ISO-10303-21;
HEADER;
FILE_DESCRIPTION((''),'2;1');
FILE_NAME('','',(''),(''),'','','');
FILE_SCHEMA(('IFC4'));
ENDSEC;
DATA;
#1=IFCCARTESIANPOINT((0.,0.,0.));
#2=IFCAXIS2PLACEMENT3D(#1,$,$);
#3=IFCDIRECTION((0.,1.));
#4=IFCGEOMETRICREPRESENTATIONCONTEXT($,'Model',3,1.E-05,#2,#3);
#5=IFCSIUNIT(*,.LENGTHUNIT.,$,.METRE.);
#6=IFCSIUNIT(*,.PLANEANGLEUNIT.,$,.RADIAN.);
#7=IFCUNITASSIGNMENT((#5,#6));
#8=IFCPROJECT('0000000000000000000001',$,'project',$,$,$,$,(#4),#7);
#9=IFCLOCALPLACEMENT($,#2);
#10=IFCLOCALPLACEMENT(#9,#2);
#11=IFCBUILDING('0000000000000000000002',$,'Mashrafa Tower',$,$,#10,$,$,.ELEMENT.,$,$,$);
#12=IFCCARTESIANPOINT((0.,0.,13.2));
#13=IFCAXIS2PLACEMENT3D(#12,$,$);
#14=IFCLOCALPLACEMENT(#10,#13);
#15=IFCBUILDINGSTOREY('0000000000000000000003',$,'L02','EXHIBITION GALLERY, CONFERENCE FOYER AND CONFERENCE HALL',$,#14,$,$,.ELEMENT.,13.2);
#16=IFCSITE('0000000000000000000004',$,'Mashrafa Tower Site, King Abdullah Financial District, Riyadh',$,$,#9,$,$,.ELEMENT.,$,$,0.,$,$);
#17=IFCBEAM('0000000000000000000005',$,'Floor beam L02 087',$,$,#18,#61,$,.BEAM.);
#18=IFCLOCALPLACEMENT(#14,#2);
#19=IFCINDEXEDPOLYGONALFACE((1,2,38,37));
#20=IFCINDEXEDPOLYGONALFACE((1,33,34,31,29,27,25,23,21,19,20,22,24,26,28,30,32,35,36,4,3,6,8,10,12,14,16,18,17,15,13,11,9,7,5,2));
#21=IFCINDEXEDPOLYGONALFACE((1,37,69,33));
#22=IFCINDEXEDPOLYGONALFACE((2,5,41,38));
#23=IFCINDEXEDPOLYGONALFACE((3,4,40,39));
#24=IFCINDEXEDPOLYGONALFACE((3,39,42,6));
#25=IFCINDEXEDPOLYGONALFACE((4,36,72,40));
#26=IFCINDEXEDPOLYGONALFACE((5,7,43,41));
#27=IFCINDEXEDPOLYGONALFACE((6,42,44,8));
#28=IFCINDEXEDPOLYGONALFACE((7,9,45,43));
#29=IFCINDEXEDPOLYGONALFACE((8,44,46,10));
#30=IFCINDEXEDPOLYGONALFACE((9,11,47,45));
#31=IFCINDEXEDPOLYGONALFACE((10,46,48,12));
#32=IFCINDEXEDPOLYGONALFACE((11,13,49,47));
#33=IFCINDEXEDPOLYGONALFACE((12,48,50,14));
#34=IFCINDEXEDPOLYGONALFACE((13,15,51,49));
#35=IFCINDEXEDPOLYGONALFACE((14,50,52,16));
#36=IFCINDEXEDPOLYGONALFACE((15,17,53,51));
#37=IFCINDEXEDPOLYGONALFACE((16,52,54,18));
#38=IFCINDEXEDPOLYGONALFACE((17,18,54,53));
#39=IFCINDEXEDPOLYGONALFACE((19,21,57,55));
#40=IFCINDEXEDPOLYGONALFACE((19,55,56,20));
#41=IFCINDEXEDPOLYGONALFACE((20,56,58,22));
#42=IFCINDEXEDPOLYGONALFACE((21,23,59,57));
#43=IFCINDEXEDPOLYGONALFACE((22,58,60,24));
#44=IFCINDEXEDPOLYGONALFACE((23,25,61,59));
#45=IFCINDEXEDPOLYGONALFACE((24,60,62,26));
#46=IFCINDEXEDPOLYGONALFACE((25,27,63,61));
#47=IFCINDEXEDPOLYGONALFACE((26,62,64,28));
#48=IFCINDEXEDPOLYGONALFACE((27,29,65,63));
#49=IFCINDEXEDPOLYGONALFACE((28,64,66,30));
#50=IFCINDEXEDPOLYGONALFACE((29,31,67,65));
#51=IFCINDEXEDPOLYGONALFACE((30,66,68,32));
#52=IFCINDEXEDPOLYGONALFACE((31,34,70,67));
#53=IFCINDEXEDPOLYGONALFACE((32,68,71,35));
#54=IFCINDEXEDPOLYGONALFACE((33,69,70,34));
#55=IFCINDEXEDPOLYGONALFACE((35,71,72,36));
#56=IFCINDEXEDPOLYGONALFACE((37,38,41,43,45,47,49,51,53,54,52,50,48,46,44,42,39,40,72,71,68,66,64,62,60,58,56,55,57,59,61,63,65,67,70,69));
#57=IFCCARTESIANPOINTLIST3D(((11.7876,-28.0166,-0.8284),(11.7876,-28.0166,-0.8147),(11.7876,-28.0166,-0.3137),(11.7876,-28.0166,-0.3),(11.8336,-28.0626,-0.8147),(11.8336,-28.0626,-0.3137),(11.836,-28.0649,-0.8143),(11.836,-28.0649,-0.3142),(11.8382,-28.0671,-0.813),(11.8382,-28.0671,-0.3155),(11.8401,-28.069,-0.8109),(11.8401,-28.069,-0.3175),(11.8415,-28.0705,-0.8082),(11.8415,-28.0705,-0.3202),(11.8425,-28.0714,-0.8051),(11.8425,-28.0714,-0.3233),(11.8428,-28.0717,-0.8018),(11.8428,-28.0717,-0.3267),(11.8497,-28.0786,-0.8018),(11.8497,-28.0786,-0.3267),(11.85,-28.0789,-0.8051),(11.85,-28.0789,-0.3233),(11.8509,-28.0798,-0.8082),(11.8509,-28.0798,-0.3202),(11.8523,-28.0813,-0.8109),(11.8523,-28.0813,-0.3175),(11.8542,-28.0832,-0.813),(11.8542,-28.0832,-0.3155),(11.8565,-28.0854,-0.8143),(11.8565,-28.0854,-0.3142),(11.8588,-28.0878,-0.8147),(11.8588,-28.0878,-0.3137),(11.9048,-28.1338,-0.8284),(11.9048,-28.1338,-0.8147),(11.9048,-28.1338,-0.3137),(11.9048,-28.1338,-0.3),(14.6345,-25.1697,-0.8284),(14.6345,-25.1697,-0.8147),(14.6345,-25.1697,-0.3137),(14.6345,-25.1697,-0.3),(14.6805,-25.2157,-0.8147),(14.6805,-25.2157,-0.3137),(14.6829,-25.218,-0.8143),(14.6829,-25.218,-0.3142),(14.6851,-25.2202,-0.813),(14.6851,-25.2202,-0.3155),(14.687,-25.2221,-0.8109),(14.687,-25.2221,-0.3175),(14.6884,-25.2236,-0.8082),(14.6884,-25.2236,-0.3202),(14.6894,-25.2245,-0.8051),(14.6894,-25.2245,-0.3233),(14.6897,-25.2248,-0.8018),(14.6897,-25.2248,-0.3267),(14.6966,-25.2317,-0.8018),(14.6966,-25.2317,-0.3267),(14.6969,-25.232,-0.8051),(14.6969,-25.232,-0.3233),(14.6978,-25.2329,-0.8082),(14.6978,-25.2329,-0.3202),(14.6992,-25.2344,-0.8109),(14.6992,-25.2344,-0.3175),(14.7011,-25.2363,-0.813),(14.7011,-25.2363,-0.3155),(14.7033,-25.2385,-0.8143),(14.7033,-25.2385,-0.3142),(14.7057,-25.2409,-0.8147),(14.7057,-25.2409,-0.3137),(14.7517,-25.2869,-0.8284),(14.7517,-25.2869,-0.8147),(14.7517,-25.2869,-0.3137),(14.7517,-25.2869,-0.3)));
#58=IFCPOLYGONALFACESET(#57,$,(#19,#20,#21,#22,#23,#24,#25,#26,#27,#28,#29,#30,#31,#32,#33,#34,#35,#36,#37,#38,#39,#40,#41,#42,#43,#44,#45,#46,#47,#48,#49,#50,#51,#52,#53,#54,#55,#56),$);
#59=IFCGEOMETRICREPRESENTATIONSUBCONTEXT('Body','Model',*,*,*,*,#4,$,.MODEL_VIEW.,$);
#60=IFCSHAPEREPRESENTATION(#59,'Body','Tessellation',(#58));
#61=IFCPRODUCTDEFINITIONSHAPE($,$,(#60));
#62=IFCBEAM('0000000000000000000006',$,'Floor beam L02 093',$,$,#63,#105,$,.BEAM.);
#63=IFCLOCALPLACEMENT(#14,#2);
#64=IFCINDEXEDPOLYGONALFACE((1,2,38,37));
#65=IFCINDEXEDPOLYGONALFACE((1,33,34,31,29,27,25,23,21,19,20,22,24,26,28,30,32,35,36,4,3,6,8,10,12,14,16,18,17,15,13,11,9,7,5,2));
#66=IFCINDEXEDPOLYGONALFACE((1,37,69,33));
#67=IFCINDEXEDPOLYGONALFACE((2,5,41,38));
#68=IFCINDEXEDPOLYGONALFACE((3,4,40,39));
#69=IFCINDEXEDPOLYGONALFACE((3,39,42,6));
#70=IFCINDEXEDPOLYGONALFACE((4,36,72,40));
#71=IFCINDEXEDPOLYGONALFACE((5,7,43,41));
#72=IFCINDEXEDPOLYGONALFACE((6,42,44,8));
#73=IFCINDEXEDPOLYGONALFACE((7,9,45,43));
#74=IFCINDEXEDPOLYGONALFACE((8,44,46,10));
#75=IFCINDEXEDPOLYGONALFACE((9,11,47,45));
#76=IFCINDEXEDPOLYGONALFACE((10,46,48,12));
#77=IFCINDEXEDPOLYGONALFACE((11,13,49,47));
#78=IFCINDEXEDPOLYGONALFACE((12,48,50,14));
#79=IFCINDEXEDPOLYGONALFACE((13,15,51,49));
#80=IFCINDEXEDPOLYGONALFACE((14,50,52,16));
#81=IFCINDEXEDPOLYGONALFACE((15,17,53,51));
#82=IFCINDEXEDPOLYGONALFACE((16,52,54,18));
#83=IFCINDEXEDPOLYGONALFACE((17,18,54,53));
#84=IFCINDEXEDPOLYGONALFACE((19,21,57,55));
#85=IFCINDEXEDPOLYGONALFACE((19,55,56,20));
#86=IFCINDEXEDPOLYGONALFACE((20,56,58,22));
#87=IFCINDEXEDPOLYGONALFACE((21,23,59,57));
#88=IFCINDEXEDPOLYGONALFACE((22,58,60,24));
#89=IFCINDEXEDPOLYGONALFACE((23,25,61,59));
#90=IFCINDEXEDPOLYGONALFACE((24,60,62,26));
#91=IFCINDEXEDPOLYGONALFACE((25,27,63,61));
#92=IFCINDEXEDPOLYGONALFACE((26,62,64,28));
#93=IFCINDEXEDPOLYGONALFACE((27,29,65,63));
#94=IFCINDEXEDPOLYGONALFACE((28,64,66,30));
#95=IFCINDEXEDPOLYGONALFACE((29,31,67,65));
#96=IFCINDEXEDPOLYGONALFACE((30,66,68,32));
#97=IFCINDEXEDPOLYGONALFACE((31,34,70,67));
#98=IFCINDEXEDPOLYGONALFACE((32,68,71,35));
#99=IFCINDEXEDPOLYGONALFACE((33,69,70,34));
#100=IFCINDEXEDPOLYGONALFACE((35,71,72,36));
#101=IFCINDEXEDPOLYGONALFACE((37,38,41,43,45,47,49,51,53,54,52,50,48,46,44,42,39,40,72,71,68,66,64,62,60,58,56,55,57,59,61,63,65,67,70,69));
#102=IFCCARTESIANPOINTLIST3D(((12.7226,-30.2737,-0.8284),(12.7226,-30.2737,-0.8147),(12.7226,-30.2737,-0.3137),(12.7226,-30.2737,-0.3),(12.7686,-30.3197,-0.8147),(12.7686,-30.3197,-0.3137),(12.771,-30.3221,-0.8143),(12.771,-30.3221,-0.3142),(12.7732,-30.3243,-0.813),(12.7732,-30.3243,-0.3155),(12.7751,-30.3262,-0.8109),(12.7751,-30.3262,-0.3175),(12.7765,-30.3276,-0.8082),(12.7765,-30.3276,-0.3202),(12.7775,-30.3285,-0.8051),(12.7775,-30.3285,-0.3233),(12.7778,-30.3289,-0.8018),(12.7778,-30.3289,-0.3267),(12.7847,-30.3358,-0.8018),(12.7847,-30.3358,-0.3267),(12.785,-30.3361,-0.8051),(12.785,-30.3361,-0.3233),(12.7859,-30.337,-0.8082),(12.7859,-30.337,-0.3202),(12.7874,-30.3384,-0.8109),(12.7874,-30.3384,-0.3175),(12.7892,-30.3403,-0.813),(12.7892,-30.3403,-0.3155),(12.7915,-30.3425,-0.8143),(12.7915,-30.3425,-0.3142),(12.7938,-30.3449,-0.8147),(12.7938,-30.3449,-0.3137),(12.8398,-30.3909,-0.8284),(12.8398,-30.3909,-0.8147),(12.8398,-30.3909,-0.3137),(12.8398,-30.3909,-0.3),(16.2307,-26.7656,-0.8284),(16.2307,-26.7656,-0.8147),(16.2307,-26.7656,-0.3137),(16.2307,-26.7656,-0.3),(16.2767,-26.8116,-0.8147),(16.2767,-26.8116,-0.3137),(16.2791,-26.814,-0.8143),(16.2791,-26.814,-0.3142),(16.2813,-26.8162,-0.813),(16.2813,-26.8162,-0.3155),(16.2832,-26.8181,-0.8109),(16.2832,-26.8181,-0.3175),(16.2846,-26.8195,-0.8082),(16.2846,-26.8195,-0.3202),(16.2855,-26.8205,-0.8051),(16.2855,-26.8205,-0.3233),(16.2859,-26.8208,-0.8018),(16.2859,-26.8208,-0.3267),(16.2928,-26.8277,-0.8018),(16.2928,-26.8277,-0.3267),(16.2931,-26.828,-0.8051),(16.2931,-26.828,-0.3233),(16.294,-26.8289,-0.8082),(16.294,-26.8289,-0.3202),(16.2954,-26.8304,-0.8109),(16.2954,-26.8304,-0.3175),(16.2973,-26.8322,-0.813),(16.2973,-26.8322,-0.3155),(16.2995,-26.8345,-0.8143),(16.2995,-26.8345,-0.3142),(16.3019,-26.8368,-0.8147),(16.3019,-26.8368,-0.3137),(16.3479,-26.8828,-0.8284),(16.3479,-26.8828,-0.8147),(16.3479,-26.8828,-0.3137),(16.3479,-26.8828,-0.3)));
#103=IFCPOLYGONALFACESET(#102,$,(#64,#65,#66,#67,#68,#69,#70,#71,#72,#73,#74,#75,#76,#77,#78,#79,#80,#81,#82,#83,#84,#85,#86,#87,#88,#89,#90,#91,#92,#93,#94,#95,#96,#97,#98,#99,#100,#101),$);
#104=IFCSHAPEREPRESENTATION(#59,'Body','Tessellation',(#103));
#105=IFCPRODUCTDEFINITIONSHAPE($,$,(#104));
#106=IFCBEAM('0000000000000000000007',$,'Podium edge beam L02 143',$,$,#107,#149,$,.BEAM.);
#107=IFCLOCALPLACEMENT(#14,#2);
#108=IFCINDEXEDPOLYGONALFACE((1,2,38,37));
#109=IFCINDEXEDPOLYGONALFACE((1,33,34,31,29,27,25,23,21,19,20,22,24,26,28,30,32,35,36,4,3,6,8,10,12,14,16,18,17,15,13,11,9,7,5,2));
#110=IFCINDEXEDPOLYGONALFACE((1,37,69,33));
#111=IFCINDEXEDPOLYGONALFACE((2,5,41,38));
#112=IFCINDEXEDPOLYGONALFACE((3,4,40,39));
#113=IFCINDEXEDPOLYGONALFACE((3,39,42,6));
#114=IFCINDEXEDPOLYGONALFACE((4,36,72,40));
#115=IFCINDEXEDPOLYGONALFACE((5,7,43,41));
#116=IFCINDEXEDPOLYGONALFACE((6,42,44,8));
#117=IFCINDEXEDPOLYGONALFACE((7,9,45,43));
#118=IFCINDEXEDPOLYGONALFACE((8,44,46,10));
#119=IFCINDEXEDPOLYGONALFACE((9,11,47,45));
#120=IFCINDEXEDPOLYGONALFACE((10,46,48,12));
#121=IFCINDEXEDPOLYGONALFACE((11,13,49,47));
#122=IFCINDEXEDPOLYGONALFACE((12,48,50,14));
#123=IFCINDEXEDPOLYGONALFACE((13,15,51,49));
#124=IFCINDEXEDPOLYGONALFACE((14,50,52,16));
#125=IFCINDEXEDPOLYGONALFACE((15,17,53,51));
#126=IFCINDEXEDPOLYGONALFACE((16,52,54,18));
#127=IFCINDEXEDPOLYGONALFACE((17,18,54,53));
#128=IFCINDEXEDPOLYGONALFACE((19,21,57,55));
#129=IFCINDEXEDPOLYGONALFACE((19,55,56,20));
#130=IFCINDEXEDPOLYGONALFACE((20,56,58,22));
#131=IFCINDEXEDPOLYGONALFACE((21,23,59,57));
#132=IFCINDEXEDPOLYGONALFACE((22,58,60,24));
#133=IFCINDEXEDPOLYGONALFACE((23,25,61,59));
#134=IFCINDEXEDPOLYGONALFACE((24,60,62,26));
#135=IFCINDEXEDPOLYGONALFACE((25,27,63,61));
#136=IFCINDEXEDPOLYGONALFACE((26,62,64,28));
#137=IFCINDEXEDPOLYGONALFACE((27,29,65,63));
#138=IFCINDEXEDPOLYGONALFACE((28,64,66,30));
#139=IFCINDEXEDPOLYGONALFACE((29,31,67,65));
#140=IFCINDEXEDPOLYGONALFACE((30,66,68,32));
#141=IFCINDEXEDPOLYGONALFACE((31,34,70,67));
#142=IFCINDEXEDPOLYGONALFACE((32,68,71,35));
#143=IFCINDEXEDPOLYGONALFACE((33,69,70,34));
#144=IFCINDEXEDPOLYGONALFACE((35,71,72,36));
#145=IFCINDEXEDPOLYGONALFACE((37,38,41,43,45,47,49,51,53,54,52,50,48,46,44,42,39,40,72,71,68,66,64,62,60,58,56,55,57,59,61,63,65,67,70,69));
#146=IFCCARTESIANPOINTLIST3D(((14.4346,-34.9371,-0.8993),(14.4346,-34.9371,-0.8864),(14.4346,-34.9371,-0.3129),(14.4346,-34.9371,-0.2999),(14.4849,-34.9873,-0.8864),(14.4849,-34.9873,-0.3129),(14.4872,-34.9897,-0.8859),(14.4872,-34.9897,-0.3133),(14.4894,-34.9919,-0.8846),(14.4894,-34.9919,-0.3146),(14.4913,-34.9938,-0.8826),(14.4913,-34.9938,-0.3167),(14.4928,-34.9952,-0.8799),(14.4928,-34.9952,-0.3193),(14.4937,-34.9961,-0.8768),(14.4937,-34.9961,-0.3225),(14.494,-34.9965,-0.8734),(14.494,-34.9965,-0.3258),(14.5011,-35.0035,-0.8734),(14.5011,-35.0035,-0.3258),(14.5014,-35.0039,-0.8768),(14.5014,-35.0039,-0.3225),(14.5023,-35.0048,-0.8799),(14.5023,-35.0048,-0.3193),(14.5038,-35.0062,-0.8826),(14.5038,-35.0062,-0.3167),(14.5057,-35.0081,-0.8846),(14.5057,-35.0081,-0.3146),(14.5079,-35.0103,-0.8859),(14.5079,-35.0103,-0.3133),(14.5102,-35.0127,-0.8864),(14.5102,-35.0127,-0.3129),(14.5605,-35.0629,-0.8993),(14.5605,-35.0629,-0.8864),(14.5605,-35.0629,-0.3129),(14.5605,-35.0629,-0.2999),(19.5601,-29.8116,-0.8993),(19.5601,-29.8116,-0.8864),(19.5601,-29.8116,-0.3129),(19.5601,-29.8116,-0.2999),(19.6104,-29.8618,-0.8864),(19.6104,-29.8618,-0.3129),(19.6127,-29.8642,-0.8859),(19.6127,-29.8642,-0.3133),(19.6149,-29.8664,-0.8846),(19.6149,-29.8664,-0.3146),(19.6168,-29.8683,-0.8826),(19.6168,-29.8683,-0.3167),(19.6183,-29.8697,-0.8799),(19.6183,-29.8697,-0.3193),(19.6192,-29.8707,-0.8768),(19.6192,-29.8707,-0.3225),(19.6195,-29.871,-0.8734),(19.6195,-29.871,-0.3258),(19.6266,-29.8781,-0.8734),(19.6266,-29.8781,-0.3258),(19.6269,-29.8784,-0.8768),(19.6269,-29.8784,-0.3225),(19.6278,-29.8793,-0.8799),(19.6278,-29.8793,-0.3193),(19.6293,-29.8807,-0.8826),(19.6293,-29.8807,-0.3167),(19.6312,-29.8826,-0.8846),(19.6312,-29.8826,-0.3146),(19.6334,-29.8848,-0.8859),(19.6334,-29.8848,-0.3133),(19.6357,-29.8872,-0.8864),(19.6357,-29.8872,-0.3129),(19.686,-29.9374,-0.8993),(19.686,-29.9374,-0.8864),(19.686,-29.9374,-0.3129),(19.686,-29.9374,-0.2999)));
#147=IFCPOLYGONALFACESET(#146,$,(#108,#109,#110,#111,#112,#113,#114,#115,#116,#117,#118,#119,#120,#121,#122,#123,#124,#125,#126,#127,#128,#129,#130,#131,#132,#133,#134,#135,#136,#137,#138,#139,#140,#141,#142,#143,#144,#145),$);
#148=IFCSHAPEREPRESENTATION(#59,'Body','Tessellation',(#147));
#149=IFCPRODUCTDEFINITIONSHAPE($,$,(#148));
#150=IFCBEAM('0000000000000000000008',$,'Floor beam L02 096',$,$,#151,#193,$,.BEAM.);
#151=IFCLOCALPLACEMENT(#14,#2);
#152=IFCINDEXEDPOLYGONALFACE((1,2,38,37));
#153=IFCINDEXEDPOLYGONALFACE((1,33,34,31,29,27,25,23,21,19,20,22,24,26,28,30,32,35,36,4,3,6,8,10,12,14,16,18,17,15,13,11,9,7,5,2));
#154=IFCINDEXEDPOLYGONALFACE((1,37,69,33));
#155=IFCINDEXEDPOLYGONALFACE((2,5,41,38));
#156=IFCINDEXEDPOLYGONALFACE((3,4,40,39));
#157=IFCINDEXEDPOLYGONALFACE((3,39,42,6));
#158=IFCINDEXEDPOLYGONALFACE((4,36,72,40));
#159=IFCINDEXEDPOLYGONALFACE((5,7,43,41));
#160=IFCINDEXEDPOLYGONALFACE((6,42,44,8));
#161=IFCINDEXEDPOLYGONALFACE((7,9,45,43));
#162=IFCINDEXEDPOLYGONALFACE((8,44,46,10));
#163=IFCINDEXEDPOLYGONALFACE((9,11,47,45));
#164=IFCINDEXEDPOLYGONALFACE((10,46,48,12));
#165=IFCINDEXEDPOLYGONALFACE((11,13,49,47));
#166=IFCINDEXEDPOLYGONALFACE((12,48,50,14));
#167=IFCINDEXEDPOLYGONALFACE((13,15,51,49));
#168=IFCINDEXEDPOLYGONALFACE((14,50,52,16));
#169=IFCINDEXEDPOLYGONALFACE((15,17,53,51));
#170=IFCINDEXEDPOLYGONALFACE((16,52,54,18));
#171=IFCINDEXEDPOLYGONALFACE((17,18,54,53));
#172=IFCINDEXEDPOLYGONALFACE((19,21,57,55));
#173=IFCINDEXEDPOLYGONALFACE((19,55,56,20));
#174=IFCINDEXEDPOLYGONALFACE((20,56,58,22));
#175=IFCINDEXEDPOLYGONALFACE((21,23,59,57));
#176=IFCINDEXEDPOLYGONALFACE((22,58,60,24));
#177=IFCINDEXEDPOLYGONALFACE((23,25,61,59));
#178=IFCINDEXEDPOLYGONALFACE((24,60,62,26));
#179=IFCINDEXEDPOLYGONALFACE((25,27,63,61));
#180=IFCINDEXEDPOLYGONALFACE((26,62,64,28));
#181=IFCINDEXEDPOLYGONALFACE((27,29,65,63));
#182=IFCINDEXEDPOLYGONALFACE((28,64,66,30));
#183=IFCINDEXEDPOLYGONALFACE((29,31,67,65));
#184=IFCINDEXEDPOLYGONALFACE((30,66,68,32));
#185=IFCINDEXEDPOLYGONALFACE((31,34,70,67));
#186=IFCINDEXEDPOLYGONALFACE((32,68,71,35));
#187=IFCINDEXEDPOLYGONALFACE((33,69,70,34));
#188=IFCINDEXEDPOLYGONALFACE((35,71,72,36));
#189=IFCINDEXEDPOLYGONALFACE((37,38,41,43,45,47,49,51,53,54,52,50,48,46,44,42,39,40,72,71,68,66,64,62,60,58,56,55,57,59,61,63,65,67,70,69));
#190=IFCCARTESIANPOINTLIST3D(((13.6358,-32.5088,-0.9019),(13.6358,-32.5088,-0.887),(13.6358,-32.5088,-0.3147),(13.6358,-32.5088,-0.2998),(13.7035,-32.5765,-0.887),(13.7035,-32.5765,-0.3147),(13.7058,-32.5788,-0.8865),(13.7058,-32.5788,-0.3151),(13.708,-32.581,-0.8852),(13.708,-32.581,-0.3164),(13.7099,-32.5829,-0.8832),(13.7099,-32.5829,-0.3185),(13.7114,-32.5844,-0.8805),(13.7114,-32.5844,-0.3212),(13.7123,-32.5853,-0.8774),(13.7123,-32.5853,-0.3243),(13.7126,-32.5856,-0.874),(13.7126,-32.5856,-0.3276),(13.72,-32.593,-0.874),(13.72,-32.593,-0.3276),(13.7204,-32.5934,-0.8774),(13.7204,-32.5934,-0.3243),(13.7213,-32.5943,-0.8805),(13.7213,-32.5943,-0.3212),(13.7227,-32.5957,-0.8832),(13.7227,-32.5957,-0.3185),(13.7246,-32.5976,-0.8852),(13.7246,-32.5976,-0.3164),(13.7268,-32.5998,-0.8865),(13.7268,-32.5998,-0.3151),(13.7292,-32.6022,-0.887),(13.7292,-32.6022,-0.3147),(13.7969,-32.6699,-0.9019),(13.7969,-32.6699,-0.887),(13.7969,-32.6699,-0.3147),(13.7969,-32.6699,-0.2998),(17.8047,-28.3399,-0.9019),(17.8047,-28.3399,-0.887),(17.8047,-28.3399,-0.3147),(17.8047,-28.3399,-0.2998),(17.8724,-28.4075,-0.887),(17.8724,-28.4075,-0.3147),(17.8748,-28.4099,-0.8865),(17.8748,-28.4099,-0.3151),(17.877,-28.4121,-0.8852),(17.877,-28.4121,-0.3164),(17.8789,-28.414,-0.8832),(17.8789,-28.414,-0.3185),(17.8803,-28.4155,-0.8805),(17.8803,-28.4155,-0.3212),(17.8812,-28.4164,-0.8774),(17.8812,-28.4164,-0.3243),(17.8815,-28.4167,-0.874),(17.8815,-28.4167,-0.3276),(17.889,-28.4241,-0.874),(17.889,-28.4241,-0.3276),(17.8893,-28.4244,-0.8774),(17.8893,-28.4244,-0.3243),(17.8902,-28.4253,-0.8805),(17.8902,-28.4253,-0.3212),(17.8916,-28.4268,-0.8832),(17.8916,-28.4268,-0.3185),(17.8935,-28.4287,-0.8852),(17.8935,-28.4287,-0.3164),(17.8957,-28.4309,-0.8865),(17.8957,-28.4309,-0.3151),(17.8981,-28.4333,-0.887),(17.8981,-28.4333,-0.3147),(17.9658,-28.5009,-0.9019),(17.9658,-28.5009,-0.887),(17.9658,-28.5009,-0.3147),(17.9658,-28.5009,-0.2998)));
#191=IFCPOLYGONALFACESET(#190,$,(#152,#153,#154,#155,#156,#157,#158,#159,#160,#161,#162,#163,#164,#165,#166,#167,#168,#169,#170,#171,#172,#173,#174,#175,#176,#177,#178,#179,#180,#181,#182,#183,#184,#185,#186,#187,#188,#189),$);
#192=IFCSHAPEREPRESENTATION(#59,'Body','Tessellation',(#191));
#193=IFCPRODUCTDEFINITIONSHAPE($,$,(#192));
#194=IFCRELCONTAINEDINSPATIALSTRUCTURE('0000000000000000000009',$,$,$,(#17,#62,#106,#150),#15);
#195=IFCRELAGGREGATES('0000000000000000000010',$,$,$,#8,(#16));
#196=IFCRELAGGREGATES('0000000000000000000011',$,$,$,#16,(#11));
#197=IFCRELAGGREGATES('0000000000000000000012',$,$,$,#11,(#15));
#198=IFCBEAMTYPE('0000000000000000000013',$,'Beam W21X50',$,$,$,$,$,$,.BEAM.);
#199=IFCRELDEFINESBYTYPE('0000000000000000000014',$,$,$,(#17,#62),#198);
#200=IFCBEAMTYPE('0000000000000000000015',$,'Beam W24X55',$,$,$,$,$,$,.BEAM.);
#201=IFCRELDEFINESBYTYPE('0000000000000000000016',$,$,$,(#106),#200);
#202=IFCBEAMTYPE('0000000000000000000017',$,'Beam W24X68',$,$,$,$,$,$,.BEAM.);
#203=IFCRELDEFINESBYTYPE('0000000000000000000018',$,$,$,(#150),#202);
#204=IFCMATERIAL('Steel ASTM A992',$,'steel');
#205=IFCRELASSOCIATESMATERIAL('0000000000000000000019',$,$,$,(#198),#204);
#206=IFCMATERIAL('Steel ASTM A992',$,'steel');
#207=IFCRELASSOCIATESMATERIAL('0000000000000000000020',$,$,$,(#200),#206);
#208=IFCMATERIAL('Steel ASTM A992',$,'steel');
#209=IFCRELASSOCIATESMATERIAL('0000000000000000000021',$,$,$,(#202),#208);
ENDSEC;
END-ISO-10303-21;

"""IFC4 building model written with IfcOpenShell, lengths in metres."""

from ifc_helpers import new_model, si_unit, direction, frame, origin, origin_2d, place, context, subcontext, project, spatial, i_section, extrude, material, material_profile, profile_set, type_object, element, save


model = new_model("IFC4")

# Units and contexts
model_context = context("Model", 3, precision=1e-05, world=origin(), true_north=direction((0.0, 1.0)))
body_context = subcontext(model_context, "Body", "Model", "MODEL_VIEW")
ifc_project = project(units=[si_unit("LENGTHUNIT", "METRE"), si_unit("PLANEANGLEUNIT", "RADIAN")], contexts=[model_context])

# Site, building, storey
site_placement = place(None, origin())
site = spatial("IfcSite", under=ifc_project, at=site_placement, Name="Mashrafa Tower Site, King Abdullah Financial District, Riyadh", CompositionType="ELEMENT", RefElevation=0.0)
building_placement = place(site_placement, origin())
building = spatial("IfcBuilding", under=site, at=building_placement, Name="Mashrafa Tower", CompositionType="ELEMENT")
storey_placement = place(building_placement, frame((0.0, 0.0, 13.2)))
storey = spatial("IfcBuildingStorey", under=building, at=storey_placement, Name="L02", Description="EXHIBITION GALLERY, CONFERENCE FOYER AND CONFERENCE HALL", CompositionType="ELEMENT", Elevation=13.2)

# Beams
ifc_material_1 = material(Name="Steel ASTM A992", Category="steel")
ifc_material_profile_1 = material_profile(ifc_material_1, i_section(OverallWidth=0.1658, OverallDepth=0.5283, WebThickness=0.0098, FlangeThickness=0.0137, FilletRadius=0.0129, at=origin_2d()), Name="W21X50")
ifc_profile_set_1 = profile_set([ifc_material_profile_1], Name="Steel ASTM A992")
beam_type_1 = type_object("IfcBeamType", Name="Beam W21X50", PredefinedType="BEAM", material=ifc_profile_set_1)
beam_1_placement = place(storey_placement, frame((14.6931, -25.2283, -0.5642), z_axis=(-0.707107, -0.707107, 0.0), x_axis=(0.707107, -0.707107, 0.0)))
element("IfcBeam", 1, at=beam_1_placement, inside=storey, type_object=beam_type_1, Name="Floor beam L02 087", PredefinedType="BEAM", context=body_context, shape_type="SweptSolid", body=[
    extrude(i_section(OverallWidth=0.1658, OverallDepth=0.5283, WebThickness=0.0098, FlangeThickness=0.0137, FilletRadius=0.0129, at=origin_2d()), origin(), (0.0, 0.0, 1.0), 4.0261),
])
beam_2_placement = place(storey_placement, frame((16.2893, -26.8242, -0.5642), z_axis=(-0.707107, -0.707107, 0.0), x_axis=(0.707107, -0.707107, 0.0)))
element("IfcBeam", 2, at=beam_2_placement, inside=storey, type_object=beam_type_1, Name="Floor beam L02 093", PredefinedType="BEAM", context=body_context, shape_type="SweptSolid", body=[
    extrude(i_section(OverallWidth=0.1658, OverallDepth=0.5283, WebThickness=0.0098, FlangeThickness=0.0137, FilletRadius=0.0129, at=origin_2d()), origin(), (0.0, 0.0, 1.0), 4.9612),
])
ifc_material_2 = material(Name="Steel ASTM A992", Category="steel")
ifc_material_profile_2 = material_profile(ifc_material_2, i_section(OverallWidth=0.178, OverallDepth=0.5994, WebThickness=0.01, FlangeThickness=0.0129, FilletRadius=0.0129, at=origin_2d()), Name="W24X55")
ifc_profile_set_2 = profile_set([ifc_material_profile_2], Name="Steel ASTM A992")
beam_type_2 = type_object("IfcBeamType", Name="Beam W24X55", PredefinedType="BEAM", material=ifc_profile_set_2)
beam_3_placement = place(storey_placement, frame((14.4976, -35.0, -0.5996), z_axis=(0.707107, 0.707107, 0.0), x_axis=(-0.707107, 0.707107, 0.0)))
element("IfcBeam", 3, at=beam_3_placement, inside=storey, type_object=beam_type_2, Name="Podium edge beam L02 143", PredefinedType="BEAM", context=body_context, shape_type="SweptSolid", body=[
    extrude(i_section(OverallWidth=0.178, OverallDepth=0.5994, WebThickness=0.01, FlangeThickness=0.0129, FilletRadius=0.0129, at=origin_2d()), origin(), (0.0, 0.0, 1.0), 7.2485),
])
ifc_material_3 = material(Name="Steel ASTM A992", Category="steel")
ifc_material_profile_3 = material_profile(ifc_material_3, i_section(OverallWidth=0.2278, OverallDepth=0.6021, WebThickness=0.0105, FlangeThickness=0.0149, FilletRadius=0.0129, at=origin_2d()), Name="W24X68")
ifc_profile_set_3 = profile_set([ifc_material_profile_3], Name="Steel ASTM A992")
beam_type_3 = type_object("IfcBeamType", Name="Beam W24X68", PredefinedType="BEAM", material=ifc_profile_set_3)
beam_4_placement = place(storey_placement, frame((17.8853, -28.4204, -0.6008), z_axis=(-0.707107, -0.707107, 0.0), x_axis=(0.707107, -0.707107, 0.0)))
element("IfcBeam", 4, at=beam_4_placement, inside=storey, type_object=beam_type_3, Name="Floor beam L02 096", PredefinedType="BEAM", context=body_context, shape_type="SweptSolid", body=[
    extrude(i_section(OverallWidth=0.2278, OverallDepth=0.6021, WebThickness=0.0105, FlangeThickness=0.0149, FilletRadius=0.0129, at=origin_2d()), origin(), (0.0, 0.0, 1.0), 5.8958),
])

save(model, "model.ifc")
